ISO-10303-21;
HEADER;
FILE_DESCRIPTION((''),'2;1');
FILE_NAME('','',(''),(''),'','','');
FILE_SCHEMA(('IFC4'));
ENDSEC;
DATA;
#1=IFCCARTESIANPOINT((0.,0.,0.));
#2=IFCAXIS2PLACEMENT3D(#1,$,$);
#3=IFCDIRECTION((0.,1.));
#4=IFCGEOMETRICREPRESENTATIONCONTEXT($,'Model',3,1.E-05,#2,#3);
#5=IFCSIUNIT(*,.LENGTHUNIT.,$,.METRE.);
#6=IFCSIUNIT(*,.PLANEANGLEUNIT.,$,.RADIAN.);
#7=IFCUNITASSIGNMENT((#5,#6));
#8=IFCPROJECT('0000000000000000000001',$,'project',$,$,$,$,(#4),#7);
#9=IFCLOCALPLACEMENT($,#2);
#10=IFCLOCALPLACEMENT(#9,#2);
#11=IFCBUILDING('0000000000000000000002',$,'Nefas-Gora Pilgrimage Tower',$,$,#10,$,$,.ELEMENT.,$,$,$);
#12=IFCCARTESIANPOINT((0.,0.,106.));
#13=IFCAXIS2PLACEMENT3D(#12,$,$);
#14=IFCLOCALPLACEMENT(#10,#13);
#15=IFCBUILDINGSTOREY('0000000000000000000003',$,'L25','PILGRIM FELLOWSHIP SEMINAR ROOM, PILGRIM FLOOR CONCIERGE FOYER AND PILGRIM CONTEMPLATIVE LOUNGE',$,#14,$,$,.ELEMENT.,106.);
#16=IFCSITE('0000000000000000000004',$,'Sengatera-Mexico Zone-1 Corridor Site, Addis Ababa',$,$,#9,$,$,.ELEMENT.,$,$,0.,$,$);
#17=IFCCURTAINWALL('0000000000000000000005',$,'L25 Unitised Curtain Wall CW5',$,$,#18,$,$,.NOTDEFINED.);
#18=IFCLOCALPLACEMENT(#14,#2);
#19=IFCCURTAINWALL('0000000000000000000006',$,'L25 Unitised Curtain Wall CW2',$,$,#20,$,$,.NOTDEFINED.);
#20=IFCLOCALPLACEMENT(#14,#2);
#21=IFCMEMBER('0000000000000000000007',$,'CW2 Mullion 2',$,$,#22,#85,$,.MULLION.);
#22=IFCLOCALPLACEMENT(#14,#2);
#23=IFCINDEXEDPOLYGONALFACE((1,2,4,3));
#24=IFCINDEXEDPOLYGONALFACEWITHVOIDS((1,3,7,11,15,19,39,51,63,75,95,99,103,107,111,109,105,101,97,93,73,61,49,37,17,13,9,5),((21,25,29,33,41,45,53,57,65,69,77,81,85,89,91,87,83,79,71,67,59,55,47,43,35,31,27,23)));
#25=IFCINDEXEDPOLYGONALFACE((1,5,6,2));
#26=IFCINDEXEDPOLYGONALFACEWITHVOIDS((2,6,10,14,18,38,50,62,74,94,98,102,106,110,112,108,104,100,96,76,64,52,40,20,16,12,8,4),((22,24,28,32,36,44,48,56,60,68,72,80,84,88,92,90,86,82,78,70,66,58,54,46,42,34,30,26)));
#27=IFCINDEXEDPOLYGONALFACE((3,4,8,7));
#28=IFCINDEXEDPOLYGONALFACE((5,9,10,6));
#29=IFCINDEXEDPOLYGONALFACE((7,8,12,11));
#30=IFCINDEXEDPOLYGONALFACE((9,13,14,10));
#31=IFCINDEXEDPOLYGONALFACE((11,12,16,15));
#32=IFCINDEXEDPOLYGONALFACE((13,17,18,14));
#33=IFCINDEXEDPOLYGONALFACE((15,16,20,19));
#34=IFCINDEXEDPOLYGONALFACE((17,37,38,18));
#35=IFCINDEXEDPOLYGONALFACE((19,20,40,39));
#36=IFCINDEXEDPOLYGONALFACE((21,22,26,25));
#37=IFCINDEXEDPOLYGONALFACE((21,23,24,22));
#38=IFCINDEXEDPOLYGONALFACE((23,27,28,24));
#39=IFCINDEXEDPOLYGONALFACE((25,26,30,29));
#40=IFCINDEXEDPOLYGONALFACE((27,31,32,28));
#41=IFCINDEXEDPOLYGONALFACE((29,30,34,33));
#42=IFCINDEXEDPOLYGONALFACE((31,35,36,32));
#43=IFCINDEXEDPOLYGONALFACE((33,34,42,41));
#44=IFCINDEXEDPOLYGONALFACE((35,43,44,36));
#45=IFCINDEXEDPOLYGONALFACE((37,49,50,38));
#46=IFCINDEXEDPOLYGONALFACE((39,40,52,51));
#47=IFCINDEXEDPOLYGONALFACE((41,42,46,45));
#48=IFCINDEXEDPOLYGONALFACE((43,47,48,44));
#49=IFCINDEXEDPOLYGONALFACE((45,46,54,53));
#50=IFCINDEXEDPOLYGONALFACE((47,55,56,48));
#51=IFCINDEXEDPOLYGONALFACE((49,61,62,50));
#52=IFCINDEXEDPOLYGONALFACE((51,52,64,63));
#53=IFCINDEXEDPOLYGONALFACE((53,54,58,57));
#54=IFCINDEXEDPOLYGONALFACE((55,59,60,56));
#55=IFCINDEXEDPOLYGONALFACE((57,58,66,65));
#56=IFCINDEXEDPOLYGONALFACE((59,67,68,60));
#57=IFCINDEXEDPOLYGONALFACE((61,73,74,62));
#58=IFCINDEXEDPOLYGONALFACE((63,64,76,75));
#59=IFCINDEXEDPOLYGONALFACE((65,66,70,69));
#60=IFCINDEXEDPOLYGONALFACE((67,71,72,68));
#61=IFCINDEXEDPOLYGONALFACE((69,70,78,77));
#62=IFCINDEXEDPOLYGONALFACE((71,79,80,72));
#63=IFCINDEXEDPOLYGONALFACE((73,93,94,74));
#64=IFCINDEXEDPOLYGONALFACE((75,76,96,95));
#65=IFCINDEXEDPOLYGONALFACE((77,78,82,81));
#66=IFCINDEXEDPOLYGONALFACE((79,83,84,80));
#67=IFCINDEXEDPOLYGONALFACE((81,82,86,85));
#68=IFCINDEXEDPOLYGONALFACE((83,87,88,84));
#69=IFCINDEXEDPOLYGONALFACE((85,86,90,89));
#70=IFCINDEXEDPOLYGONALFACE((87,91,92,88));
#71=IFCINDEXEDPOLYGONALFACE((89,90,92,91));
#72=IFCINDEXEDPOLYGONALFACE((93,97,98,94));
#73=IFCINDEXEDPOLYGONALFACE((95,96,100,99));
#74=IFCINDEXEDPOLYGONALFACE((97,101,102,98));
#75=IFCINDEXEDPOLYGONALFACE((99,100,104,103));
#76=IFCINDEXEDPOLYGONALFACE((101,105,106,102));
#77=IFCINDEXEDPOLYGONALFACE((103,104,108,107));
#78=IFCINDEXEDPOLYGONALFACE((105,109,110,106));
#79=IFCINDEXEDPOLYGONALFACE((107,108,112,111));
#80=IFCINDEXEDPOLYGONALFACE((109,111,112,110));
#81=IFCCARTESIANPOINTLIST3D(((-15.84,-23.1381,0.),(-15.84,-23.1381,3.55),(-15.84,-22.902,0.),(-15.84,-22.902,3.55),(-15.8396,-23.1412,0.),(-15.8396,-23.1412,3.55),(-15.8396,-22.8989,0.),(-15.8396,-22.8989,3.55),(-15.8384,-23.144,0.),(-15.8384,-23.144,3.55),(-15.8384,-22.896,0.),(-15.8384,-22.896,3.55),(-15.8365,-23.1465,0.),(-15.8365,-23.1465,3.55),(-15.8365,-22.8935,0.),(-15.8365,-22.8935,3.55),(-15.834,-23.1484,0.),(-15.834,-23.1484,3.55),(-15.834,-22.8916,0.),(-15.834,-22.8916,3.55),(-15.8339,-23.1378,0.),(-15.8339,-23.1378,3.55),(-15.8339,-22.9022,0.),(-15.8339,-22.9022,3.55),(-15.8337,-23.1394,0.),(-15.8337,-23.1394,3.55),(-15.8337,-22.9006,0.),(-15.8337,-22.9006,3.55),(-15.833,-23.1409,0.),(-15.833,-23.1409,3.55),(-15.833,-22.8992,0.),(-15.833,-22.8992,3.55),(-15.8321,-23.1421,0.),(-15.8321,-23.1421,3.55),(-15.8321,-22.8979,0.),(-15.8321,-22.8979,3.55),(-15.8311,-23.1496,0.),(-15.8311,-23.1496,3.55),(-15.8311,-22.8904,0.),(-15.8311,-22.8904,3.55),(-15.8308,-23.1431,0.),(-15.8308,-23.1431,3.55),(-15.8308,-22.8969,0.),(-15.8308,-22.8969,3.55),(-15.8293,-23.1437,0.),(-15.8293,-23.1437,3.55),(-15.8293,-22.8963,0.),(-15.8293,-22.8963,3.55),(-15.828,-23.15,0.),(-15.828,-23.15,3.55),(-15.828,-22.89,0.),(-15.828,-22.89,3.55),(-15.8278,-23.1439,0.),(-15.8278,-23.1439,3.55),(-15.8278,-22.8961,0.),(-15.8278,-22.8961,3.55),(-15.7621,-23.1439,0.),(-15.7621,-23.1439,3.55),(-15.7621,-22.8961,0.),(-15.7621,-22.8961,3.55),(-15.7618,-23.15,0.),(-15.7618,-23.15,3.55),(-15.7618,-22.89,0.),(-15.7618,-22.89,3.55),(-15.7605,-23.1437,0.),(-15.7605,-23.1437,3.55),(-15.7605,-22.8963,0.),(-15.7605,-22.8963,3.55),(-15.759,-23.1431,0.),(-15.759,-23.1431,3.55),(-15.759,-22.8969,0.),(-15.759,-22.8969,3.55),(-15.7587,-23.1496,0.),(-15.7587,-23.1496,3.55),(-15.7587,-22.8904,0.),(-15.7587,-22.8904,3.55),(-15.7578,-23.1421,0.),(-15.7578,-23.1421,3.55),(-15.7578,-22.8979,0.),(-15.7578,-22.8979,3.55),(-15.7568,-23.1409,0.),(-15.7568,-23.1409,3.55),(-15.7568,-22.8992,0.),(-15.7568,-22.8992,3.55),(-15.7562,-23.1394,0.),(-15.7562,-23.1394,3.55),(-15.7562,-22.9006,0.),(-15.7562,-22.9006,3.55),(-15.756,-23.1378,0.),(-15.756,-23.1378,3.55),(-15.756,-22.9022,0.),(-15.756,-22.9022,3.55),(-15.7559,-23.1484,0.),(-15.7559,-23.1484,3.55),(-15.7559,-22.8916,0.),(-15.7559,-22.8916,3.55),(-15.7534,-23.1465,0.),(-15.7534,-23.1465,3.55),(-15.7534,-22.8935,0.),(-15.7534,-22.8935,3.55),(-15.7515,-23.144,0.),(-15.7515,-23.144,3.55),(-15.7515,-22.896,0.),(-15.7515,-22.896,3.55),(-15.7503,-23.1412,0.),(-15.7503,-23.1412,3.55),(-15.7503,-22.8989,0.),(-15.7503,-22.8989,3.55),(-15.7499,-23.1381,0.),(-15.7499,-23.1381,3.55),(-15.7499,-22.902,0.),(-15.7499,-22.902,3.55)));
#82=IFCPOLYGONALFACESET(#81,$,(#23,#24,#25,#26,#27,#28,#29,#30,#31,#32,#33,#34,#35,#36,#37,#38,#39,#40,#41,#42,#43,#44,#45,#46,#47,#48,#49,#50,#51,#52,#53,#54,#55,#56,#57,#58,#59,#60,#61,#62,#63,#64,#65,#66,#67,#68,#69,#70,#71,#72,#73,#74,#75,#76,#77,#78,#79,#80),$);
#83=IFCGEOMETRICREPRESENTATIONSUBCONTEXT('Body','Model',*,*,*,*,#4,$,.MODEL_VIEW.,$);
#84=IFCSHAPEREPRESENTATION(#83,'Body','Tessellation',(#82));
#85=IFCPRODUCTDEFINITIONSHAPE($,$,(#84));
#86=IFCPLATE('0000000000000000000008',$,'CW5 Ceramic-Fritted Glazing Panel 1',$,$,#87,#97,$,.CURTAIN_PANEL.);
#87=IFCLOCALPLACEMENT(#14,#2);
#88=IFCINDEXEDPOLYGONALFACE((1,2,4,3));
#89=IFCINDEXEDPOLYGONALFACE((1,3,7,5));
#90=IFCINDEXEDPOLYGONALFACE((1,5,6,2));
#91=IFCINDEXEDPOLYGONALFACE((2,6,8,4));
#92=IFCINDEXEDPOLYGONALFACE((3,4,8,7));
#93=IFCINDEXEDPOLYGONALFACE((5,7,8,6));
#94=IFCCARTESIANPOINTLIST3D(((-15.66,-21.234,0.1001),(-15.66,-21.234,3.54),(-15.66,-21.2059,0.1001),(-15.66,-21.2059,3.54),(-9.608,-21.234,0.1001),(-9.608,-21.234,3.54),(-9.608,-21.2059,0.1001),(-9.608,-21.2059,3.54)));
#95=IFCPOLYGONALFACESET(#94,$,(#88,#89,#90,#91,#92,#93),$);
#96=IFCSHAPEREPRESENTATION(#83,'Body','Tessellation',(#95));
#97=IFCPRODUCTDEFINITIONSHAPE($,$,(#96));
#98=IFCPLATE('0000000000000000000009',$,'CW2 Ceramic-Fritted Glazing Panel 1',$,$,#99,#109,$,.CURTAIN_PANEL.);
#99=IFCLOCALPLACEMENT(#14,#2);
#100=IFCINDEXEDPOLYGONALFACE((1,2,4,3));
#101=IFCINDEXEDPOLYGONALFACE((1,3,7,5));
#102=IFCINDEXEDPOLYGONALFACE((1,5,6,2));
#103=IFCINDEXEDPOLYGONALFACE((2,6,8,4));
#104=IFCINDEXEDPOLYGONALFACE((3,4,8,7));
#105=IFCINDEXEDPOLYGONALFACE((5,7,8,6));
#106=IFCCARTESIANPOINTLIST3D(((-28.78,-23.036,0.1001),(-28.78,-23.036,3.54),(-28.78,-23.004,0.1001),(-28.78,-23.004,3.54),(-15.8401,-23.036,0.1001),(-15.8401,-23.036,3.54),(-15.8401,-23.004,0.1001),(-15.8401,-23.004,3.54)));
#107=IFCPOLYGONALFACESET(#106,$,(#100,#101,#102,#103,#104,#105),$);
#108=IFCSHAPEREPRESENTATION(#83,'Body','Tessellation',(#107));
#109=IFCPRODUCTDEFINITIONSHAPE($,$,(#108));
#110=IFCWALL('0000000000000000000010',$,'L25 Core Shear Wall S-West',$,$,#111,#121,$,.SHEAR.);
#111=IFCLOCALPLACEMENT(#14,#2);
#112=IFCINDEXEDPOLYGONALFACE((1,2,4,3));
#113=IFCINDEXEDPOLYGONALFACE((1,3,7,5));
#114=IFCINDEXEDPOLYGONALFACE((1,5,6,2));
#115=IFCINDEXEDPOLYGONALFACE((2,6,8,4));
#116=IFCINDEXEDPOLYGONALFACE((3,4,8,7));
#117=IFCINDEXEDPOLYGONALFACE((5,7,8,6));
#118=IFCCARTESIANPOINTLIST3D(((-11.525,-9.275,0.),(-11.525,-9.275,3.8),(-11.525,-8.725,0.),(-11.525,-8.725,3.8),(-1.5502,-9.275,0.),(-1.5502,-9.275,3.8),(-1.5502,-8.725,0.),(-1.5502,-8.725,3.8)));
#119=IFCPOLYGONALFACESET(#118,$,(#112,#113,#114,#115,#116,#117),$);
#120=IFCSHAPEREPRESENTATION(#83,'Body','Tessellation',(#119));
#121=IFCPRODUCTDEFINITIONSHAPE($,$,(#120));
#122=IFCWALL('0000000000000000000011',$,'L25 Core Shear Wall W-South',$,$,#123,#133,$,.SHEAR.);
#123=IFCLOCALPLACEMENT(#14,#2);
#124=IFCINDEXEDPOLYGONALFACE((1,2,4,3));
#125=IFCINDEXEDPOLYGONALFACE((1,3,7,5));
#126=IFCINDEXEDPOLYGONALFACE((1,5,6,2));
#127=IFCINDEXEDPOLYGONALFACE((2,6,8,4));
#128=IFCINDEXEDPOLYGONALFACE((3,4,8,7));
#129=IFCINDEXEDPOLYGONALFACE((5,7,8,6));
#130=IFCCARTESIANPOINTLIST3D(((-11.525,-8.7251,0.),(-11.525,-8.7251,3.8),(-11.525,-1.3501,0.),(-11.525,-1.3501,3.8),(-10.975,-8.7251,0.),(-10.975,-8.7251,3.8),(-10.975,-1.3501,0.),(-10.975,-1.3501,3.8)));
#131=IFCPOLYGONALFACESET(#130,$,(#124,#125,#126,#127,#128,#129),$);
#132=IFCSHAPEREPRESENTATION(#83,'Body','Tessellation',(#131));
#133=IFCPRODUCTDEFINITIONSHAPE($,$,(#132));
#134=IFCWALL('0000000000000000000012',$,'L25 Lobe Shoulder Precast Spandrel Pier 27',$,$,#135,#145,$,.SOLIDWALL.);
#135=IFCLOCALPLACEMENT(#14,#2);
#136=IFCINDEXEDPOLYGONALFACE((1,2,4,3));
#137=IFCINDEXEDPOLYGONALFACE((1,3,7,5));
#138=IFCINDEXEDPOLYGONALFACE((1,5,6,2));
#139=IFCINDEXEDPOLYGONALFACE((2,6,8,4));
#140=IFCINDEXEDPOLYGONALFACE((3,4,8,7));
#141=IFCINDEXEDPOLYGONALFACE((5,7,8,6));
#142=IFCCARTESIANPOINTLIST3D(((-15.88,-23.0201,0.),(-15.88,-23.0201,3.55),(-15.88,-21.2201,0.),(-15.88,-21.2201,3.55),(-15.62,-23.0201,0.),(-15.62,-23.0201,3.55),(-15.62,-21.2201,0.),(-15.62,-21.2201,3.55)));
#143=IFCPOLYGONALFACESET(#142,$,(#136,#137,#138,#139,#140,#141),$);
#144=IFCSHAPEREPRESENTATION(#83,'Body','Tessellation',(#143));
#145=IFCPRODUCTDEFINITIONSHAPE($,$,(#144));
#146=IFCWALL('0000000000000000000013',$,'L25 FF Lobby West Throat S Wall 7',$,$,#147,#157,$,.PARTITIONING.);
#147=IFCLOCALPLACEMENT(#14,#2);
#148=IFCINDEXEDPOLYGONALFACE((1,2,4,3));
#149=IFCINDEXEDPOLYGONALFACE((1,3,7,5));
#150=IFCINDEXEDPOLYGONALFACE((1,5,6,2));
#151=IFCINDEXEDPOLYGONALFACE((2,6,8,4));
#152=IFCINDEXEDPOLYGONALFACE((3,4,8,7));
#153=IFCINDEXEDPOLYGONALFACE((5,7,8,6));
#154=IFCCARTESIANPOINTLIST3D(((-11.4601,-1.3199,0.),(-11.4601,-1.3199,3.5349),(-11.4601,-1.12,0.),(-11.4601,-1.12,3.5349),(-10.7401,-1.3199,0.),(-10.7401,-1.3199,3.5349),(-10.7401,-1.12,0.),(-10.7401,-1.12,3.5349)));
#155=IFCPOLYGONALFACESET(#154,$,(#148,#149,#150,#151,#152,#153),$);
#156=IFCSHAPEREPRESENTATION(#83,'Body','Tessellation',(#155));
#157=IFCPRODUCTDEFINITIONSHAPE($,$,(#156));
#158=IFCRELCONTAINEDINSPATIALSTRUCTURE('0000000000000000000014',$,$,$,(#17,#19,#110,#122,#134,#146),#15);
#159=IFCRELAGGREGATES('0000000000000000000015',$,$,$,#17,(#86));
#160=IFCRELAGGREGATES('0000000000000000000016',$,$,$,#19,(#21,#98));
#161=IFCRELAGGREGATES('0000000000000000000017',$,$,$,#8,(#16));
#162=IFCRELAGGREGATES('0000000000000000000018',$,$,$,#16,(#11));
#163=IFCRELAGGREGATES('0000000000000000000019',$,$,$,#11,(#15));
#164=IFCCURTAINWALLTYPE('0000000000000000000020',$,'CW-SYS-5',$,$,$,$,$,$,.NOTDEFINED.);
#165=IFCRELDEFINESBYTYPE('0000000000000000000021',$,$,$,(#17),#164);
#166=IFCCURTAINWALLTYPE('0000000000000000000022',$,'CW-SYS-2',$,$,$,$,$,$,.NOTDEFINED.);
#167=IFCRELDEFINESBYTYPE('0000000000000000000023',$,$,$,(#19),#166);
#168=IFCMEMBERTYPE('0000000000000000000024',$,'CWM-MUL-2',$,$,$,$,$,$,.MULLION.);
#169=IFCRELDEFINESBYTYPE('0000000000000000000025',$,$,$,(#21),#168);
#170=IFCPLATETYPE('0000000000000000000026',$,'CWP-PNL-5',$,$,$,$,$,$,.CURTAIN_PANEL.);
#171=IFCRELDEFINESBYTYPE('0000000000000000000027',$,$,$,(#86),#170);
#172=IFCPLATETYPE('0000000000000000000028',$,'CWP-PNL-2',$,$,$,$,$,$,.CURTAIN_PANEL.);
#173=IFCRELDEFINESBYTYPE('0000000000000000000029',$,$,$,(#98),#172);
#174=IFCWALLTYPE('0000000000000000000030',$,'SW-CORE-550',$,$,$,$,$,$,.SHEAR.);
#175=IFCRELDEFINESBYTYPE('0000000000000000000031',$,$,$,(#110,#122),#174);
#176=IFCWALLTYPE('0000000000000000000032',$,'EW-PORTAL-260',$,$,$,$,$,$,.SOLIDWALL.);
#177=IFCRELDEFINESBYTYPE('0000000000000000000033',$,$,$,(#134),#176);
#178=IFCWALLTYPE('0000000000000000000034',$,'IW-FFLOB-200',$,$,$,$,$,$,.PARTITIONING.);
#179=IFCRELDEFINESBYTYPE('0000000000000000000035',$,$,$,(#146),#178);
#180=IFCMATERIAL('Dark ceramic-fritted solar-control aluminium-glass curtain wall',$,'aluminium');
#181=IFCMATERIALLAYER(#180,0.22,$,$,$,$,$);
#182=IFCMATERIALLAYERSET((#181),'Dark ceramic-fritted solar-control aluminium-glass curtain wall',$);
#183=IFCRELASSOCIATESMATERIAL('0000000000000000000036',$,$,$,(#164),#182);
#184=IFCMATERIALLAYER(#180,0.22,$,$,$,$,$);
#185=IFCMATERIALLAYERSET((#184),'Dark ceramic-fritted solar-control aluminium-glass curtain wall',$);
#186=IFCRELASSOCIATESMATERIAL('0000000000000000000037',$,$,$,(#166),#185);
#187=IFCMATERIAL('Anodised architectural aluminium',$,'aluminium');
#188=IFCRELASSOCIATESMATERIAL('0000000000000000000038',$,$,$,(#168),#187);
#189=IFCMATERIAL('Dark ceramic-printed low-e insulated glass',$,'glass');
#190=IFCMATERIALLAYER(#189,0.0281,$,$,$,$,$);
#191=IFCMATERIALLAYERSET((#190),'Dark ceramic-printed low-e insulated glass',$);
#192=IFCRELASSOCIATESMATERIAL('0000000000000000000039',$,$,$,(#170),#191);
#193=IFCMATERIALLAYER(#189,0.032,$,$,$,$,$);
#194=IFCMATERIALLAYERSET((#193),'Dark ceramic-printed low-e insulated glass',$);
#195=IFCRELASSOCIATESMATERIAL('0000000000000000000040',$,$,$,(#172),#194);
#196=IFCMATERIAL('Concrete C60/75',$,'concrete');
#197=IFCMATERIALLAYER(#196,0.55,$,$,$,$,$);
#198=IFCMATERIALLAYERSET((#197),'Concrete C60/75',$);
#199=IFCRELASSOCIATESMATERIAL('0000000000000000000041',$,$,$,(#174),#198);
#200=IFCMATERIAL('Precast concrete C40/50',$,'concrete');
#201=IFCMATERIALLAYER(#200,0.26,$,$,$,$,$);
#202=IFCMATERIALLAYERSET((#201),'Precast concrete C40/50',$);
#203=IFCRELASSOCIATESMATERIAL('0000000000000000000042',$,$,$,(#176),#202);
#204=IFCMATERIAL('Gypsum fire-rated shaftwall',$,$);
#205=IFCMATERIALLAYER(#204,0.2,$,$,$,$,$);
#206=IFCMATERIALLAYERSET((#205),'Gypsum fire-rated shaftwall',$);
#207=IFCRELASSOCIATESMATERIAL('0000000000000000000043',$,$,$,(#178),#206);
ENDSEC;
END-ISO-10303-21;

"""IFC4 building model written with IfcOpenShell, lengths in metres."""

from ifc_helpers import new_model, si_unit, direction, frame, frame_2d, origin, origin_2d, place, context, subcontext, project, spatial, rectangle, hollow_rectangle, extrude, source, transform, mapped, material, layer, layer_set, material_profile, profile_set, type_object, element, aggregate, save


model = new_model("IFC4")

# Units and contexts
model_context = context("Model", 3, precision=1e-05, world=origin(), true_north=direction((0.0, 1.0)))
body_context = subcontext(model_context, "Body", "Model", "MODEL_VIEW")
ifc_project = project(units=[si_unit("LENGTHUNIT", "METRE"), si_unit("PLANEANGLEUNIT", "RADIAN")], contexts=[model_context])

# Site, building, storey
site_placement = place(None, origin())
site = spatial("IfcSite", under=ifc_project, at=site_placement, Name="Sengatera-Mexico Zone-1 Corridor Site, Addis Ababa", CompositionType="ELEMENT", RefElevation=0.0)
building_placement = place(site_placement, origin())
building = spatial("IfcBuilding", under=site, at=building_placement, Name="Nefas-Gora Pilgrimage Tower", CompositionType="ELEMENT")
storey_placement = place(building_placement, frame((0.0, 0.0, 106.0)))
storey = spatial("IfcBuildingStorey", under=building, at=storey_placement, Name="L25", Description="PILGRIM FELLOWSHIP SEMINAR ROOM, PILGRIM FLOOR CONCIERGE FOYER AND PILGRIM CONTEMPLATIVE LOUNGE", CompositionType="ELEMENT", Elevation=106.0)

# Curtain wall
ifc_material_1 = material(Name="Dark ceramic-fritted solar-control aluminium-glass curtain wall", Category="aluminium")
ifc_layer_1 = layer(ifc_material_1, 0.22)
ifc_layer_set_1 = layer_set([ifc_layer_1], Name="Dark ceramic-fritted solar-control aluminium-glass curtain wall")
curtain_wall_type_1 = type_object("IfcCurtainWallType", Name="CW-SYS-5", PredefinedType="NOTDEFINED", material=ifc_layer_set_1)
curtain_wall_1_placement = place(storey_placement, origin())
curtain_wall_1 = element("IfcCurtainWall", 1, at=curtain_wall_1_placement, inside=storey, type_object=curtain_wall_type_1, Name="L25 Unitised Curtain Wall CW5", PredefinedType="NOTDEFINED")
ifc_material_2 = material(Name="Anodised architectural aluminium", Category="aluminium")

# Curtain wall, member
ifc_layer_2 = layer(ifc_material_1, 0.22)
ifc_layer_set_2 = layer_set([ifc_layer_2], Name="Dark ceramic-fritted solar-control aluminium-glass curtain wall")
curtain_wall_type_2 = type_object("IfcCurtainWallType", Name="CW-SYS-2", PredefinedType="NOTDEFINED", material=ifc_layer_set_2)
curtain_wall_2_placement = place(storey_placement, origin())
curtain_wall_2 = element("IfcCurtainWall", 2, at=curtain_wall_2_placement, inside=storey, type_object=curtain_wall_type_2, Name="L25 Unitised Curtain Wall CW2", PredefinedType="NOTDEFINED")
ifc_material_profile_1 = material_profile(ifc_material_2, hollow_rectangle(XDim=0.0901, YDim=0.26, WallThickness=0.0061, InnerFilletRadius=0.0061, OuterFilletRadius=0.012, at=origin_2d()), Name="ALU MULLION 90x260")
ifc_profile_set_1 = profile_set([ifc_material_profile_1], Name="Anodised architectural aluminium")
member_type_1 = type_object("IfcMemberType", Name="CWM-MUL-2", PredefinedType="MULLION", material=ifc_profile_set_1)
shared_shape_1 = source(origin(), body_context, "Body", "SweptSolid", [
    extrude(hollow_rectangle(XDim=0.0901, YDim=0.26, WallThickness=0.0061, InnerFilletRadius=0.0061, OuterFilletRadius=0.012, at=origin_2d()), origin(), (0.0, 0.0, 1.0), 3.55),
])
member_1_placement = place(storey_placement, frame((-15.7949, -23.02, 0.0), z_axis=(0.0, 0.0, 1.0), x_axis=(1.0, 0.0, 0.0)))
member_1 = element("IfcMember", 3, at=member_1_placement, type_object=member_type_1, Name="CW2 Mullion 2", PredefinedType="MULLION", context=body_context, shape_type="MappedRepresentation", body=[
    mapped(shared_shape_1, transform((0.0, 0.0, 0.0), x_axis=(1.0, 0.0, 0.0), y_axis=(0.0, 1.0, 0.0), z_axis=(0.0, 0.0, 1.0), scale=1.0)),
])

# Plates
ifc_material_3 = material(Name="Dark ceramic-printed low-e insulated glass", Category="glass")
ifc_layer_3 = layer(ifc_material_3, 0.0281)
ifc_layer_set_3 = layer_set([ifc_layer_3], Name="Dark ceramic-printed low-e insulated glass")
plate_type_1 = type_object("IfcPlateType", Name="CWP-PNL-5", PredefinedType="CURTAIN_PANEL", material=ifc_layer_set_3)
shared_shape_2 = source(origin(), body_context, "Body", "SweptSolid", [
    extrude(rectangle(XDim=6.052, YDim=0.0281, at=origin_2d()), origin(), (0.0, 0.0, 1.0), 3.4399),
])
plate_1_placement = place(storey_placement, frame((-12.634, -21.22, 0.1001), z_axis=(0.0, 0.0, 1.0), x_axis=(1.0, 0.0, 0.0)))
plate_1 = element("IfcPlate", 4, at=plate_1_placement, type_object=plate_type_1, Name="CW5 Ceramic-Fritted Glazing Panel 1", PredefinedType="CURTAIN_PANEL", context=body_context, shape_type="MappedRepresentation", body=[
    mapped(shared_shape_2, transform((0.0, 0.0, 0.0), x_axis=(1.0, 0.0, 0.0), y_axis=(0.0, 1.0, 0.0), z_axis=(0.0, 0.0, 1.0), scale=1.0)),
])
aggregate(curtain_wall_1, [plate_1])
ifc_layer_4 = layer(ifc_material_3, 0.032)
ifc_layer_set_4 = layer_set([ifc_layer_4], Name="Dark ceramic-printed low-e insulated glass")
plate_type_2 = type_object("IfcPlateType", Name="CWP-PNL-2", PredefinedType="CURTAIN_PANEL", material=ifc_layer_set_4)
shared_shape_3 = source(origin(), body_context, "Body", "SweptSolid", [
    extrude(rectangle(XDim=12.9399, YDim=0.032, at=origin_2d()), origin(), (0.0, 0.0, 1.0), 3.4399),
])
plate_2_placement = place(storey_placement, frame((-22.3101, -23.02, 0.1001), z_axis=(0.0, 0.0, 1.0), x_axis=(1.0, 0.0, 0.0)))
plate_2 = element("IfcPlate", 5, at=plate_2_placement, type_object=plate_type_2, Name="CW2 Ceramic-Fritted Glazing Panel 1", PredefinedType="CURTAIN_PANEL", context=body_context, shape_type="MappedRepresentation", body=[
    mapped(shared_shape_3, transform((0.0, 0.0, 0.0), x_axis=(1.0, 0.0, 0.0), y_axis=(0.0, 1.0, 0.0), z_axis=(0.0, 0.0, 1.0), scale=1.0)),
])
aggregate(curtain_wall_2, [member_1, plate_2])

# Walls
ifc_material_4 = material(Name="Concrete C60/75", Category="concrete")
ifc_layer_5 = layer(ifc_material_4, 0.55)
ifc_layer_set_5 = layer_set([ifc_layer_5], Name="Concrete C60/75")
wall_type_1 = type_object("IfcWallType", Name="SW-CORE-550", PredefinedType="SHEAR", material=ifc_layer_set_5)
shared_shape_4 = source(origin(), body_context, "Body", "SweptSolid", [
    extrude(rectangle(XDim=9.9749, YDim=0.55, at=frame_2d((4.9873, 0.0))), origin(), (0.0, 0.0, 1.0), 3.8),
])
wall_1_placement = place(storey_placement, frame((-11.5249, -9.0, 0.0), z_axis=(0.0, 0.0, 1.0), x_axis=(1.0, 0.0, 0.0)))
element("IfcWall", 6, at=wall_1_placement, inside=storey, type_object=wall_type_1, Name="L25 Core Shear Wall S-West", PredefinedType="SHEAR", context=body_context, shape_type="MappedRepresentation", body=[
    mapped(shared_shape_4, transform((0.0, 0.0, 0.0), x_axis=(1.0, 0.0, 0.0), y_axis=(0.0, 1.0, 0.0), z_axis=(0.0, 0.0, 1.0), scale=1.0)),
])
shared_shape_5 = source(origin(), body_context, "Body", "SweptSolid", [
    extrude(rectangle(XDim=7.375, YDim=0.55, at=frame_2d((3.6875, 0.0))), origin(), (0.0, 0.0, 1.0), 3.8),
])
wall_2_placement = place(storey_placement, frame((-11.25, -8.7251, 0.0), z_axis=(0.0, 0.0, 1.0), x_axis=(0.0, 1.0, 0.0)))
element("IfcWall", 7, at=wall_2_placement, inside=storey, type_object=wall_type_1, Name="L25 Core Shear Wall W-South", PredefinedType="SHEAR", context=body_context, shape_type="MappedRepresentation", body=[
    mapped(shared_shape_5, transform((0.0, 0.0, 0.0), x_axis=(1.0, 0.0, 0.0), y_axis=(0.0, 1.0, 0.0), z_axis=(0.0, 0.0, 1.0), scale=1.0)),
])
ifc_material_5 = material(Name="Precast concrete C40/50", Category="concrete")
ifc_layer_6 = layer(ifc_material_5, 0.26)
ifc_layer_set_6 = layer_set([ifc_layer_6], Name="Precast concrete C40/50")
wall_type_2 = type_object("IfcWallType", Name="EW-PORTAL-260", PredefinedType="SOLIDWALL", material=ifc_layer_set_6)
shared_shape_6 = source(origin(), body_context, "Body", "SweptSolid", [
    extrude(rectangle(XDim=1.8, YDim=0.26, at=frame_2d((0.8999, 0.0))), origin(), (0.0, 0.0, 1.0), 3.55),
])
wall_3_placement = place(storey_placement, frame((-15.75, -23.02, 0.0), z_axis=(0.0, 0.0, 1.0), x_axis=(0.0, 1.0, 0.0)))
element("IfcWall", 8, at=wall_3_placement, inside=storey, type_object=wall_type_2, Name="L25 Lobe Shoulder Precast Spandrel Pier 27", PredefinedType="SOLIDWALL", context=body_context, shape_type="MappedRepresentation", body=[
    mapped(shared_shape_6, transform((0.0, 0.0, 0.0), x_axis=(1.0, 0.0, 0.0), y_axis=(0.0, 1.0, 0.0), z_axis=(0.0, 0.0, 1.0), scale=1.0)),
])

# Shared definitions
ifc_material_6 = material(Name="Gypsum fire-rated shaftwall")
ifc_layer_7 = layer(ifc_material_6, 0.2)
ifc_layer_set_7 = layer_set([ifc_layer_7], Name="Gypsum fire-rated shaftwall")
wall_type_3 = type_object("IfcWallType", Name="IW-FFLOB-200", PredefinedType="PARTITIONING", material=ifc_layer_set_7)

# Wall
shared_shape_7 = source(origin(), body_context, "Body", "SweptSolid", [
    extrude(rectangle(XDim=0.72, YDim=0.2, at=frame_2d((0.3599, 0.0))), origin(), (0.0, 0.0, 1.0), 3.5349),
])
wall_4_placement = place(storey_placement, frame((-11.46, -1.22, 0.0), z_axis=(0.0, 0.0, 1.0), x_axis=(1.0, 0.0, 0.0)))
element("IfcWall", 9, at=wall_4_placement, inside=storey, type_object=wall_type_3, Name="L25 FF Lobby West Throat S Wall 7", PredefinedType="PARTITIONING", context=body_context, shape_type="MappedRepresentation", body=[
    mapped(shared_shape_7, transform((0.0, 0.0, 0.0), x_axis=(1.0, 0.0, 0.0), y_axis=(0.0, 1.0, 0.0), z_axis=(0.0, 0.0, 1.0), scale=1.0)),
])

save(model, "model.ifc")
